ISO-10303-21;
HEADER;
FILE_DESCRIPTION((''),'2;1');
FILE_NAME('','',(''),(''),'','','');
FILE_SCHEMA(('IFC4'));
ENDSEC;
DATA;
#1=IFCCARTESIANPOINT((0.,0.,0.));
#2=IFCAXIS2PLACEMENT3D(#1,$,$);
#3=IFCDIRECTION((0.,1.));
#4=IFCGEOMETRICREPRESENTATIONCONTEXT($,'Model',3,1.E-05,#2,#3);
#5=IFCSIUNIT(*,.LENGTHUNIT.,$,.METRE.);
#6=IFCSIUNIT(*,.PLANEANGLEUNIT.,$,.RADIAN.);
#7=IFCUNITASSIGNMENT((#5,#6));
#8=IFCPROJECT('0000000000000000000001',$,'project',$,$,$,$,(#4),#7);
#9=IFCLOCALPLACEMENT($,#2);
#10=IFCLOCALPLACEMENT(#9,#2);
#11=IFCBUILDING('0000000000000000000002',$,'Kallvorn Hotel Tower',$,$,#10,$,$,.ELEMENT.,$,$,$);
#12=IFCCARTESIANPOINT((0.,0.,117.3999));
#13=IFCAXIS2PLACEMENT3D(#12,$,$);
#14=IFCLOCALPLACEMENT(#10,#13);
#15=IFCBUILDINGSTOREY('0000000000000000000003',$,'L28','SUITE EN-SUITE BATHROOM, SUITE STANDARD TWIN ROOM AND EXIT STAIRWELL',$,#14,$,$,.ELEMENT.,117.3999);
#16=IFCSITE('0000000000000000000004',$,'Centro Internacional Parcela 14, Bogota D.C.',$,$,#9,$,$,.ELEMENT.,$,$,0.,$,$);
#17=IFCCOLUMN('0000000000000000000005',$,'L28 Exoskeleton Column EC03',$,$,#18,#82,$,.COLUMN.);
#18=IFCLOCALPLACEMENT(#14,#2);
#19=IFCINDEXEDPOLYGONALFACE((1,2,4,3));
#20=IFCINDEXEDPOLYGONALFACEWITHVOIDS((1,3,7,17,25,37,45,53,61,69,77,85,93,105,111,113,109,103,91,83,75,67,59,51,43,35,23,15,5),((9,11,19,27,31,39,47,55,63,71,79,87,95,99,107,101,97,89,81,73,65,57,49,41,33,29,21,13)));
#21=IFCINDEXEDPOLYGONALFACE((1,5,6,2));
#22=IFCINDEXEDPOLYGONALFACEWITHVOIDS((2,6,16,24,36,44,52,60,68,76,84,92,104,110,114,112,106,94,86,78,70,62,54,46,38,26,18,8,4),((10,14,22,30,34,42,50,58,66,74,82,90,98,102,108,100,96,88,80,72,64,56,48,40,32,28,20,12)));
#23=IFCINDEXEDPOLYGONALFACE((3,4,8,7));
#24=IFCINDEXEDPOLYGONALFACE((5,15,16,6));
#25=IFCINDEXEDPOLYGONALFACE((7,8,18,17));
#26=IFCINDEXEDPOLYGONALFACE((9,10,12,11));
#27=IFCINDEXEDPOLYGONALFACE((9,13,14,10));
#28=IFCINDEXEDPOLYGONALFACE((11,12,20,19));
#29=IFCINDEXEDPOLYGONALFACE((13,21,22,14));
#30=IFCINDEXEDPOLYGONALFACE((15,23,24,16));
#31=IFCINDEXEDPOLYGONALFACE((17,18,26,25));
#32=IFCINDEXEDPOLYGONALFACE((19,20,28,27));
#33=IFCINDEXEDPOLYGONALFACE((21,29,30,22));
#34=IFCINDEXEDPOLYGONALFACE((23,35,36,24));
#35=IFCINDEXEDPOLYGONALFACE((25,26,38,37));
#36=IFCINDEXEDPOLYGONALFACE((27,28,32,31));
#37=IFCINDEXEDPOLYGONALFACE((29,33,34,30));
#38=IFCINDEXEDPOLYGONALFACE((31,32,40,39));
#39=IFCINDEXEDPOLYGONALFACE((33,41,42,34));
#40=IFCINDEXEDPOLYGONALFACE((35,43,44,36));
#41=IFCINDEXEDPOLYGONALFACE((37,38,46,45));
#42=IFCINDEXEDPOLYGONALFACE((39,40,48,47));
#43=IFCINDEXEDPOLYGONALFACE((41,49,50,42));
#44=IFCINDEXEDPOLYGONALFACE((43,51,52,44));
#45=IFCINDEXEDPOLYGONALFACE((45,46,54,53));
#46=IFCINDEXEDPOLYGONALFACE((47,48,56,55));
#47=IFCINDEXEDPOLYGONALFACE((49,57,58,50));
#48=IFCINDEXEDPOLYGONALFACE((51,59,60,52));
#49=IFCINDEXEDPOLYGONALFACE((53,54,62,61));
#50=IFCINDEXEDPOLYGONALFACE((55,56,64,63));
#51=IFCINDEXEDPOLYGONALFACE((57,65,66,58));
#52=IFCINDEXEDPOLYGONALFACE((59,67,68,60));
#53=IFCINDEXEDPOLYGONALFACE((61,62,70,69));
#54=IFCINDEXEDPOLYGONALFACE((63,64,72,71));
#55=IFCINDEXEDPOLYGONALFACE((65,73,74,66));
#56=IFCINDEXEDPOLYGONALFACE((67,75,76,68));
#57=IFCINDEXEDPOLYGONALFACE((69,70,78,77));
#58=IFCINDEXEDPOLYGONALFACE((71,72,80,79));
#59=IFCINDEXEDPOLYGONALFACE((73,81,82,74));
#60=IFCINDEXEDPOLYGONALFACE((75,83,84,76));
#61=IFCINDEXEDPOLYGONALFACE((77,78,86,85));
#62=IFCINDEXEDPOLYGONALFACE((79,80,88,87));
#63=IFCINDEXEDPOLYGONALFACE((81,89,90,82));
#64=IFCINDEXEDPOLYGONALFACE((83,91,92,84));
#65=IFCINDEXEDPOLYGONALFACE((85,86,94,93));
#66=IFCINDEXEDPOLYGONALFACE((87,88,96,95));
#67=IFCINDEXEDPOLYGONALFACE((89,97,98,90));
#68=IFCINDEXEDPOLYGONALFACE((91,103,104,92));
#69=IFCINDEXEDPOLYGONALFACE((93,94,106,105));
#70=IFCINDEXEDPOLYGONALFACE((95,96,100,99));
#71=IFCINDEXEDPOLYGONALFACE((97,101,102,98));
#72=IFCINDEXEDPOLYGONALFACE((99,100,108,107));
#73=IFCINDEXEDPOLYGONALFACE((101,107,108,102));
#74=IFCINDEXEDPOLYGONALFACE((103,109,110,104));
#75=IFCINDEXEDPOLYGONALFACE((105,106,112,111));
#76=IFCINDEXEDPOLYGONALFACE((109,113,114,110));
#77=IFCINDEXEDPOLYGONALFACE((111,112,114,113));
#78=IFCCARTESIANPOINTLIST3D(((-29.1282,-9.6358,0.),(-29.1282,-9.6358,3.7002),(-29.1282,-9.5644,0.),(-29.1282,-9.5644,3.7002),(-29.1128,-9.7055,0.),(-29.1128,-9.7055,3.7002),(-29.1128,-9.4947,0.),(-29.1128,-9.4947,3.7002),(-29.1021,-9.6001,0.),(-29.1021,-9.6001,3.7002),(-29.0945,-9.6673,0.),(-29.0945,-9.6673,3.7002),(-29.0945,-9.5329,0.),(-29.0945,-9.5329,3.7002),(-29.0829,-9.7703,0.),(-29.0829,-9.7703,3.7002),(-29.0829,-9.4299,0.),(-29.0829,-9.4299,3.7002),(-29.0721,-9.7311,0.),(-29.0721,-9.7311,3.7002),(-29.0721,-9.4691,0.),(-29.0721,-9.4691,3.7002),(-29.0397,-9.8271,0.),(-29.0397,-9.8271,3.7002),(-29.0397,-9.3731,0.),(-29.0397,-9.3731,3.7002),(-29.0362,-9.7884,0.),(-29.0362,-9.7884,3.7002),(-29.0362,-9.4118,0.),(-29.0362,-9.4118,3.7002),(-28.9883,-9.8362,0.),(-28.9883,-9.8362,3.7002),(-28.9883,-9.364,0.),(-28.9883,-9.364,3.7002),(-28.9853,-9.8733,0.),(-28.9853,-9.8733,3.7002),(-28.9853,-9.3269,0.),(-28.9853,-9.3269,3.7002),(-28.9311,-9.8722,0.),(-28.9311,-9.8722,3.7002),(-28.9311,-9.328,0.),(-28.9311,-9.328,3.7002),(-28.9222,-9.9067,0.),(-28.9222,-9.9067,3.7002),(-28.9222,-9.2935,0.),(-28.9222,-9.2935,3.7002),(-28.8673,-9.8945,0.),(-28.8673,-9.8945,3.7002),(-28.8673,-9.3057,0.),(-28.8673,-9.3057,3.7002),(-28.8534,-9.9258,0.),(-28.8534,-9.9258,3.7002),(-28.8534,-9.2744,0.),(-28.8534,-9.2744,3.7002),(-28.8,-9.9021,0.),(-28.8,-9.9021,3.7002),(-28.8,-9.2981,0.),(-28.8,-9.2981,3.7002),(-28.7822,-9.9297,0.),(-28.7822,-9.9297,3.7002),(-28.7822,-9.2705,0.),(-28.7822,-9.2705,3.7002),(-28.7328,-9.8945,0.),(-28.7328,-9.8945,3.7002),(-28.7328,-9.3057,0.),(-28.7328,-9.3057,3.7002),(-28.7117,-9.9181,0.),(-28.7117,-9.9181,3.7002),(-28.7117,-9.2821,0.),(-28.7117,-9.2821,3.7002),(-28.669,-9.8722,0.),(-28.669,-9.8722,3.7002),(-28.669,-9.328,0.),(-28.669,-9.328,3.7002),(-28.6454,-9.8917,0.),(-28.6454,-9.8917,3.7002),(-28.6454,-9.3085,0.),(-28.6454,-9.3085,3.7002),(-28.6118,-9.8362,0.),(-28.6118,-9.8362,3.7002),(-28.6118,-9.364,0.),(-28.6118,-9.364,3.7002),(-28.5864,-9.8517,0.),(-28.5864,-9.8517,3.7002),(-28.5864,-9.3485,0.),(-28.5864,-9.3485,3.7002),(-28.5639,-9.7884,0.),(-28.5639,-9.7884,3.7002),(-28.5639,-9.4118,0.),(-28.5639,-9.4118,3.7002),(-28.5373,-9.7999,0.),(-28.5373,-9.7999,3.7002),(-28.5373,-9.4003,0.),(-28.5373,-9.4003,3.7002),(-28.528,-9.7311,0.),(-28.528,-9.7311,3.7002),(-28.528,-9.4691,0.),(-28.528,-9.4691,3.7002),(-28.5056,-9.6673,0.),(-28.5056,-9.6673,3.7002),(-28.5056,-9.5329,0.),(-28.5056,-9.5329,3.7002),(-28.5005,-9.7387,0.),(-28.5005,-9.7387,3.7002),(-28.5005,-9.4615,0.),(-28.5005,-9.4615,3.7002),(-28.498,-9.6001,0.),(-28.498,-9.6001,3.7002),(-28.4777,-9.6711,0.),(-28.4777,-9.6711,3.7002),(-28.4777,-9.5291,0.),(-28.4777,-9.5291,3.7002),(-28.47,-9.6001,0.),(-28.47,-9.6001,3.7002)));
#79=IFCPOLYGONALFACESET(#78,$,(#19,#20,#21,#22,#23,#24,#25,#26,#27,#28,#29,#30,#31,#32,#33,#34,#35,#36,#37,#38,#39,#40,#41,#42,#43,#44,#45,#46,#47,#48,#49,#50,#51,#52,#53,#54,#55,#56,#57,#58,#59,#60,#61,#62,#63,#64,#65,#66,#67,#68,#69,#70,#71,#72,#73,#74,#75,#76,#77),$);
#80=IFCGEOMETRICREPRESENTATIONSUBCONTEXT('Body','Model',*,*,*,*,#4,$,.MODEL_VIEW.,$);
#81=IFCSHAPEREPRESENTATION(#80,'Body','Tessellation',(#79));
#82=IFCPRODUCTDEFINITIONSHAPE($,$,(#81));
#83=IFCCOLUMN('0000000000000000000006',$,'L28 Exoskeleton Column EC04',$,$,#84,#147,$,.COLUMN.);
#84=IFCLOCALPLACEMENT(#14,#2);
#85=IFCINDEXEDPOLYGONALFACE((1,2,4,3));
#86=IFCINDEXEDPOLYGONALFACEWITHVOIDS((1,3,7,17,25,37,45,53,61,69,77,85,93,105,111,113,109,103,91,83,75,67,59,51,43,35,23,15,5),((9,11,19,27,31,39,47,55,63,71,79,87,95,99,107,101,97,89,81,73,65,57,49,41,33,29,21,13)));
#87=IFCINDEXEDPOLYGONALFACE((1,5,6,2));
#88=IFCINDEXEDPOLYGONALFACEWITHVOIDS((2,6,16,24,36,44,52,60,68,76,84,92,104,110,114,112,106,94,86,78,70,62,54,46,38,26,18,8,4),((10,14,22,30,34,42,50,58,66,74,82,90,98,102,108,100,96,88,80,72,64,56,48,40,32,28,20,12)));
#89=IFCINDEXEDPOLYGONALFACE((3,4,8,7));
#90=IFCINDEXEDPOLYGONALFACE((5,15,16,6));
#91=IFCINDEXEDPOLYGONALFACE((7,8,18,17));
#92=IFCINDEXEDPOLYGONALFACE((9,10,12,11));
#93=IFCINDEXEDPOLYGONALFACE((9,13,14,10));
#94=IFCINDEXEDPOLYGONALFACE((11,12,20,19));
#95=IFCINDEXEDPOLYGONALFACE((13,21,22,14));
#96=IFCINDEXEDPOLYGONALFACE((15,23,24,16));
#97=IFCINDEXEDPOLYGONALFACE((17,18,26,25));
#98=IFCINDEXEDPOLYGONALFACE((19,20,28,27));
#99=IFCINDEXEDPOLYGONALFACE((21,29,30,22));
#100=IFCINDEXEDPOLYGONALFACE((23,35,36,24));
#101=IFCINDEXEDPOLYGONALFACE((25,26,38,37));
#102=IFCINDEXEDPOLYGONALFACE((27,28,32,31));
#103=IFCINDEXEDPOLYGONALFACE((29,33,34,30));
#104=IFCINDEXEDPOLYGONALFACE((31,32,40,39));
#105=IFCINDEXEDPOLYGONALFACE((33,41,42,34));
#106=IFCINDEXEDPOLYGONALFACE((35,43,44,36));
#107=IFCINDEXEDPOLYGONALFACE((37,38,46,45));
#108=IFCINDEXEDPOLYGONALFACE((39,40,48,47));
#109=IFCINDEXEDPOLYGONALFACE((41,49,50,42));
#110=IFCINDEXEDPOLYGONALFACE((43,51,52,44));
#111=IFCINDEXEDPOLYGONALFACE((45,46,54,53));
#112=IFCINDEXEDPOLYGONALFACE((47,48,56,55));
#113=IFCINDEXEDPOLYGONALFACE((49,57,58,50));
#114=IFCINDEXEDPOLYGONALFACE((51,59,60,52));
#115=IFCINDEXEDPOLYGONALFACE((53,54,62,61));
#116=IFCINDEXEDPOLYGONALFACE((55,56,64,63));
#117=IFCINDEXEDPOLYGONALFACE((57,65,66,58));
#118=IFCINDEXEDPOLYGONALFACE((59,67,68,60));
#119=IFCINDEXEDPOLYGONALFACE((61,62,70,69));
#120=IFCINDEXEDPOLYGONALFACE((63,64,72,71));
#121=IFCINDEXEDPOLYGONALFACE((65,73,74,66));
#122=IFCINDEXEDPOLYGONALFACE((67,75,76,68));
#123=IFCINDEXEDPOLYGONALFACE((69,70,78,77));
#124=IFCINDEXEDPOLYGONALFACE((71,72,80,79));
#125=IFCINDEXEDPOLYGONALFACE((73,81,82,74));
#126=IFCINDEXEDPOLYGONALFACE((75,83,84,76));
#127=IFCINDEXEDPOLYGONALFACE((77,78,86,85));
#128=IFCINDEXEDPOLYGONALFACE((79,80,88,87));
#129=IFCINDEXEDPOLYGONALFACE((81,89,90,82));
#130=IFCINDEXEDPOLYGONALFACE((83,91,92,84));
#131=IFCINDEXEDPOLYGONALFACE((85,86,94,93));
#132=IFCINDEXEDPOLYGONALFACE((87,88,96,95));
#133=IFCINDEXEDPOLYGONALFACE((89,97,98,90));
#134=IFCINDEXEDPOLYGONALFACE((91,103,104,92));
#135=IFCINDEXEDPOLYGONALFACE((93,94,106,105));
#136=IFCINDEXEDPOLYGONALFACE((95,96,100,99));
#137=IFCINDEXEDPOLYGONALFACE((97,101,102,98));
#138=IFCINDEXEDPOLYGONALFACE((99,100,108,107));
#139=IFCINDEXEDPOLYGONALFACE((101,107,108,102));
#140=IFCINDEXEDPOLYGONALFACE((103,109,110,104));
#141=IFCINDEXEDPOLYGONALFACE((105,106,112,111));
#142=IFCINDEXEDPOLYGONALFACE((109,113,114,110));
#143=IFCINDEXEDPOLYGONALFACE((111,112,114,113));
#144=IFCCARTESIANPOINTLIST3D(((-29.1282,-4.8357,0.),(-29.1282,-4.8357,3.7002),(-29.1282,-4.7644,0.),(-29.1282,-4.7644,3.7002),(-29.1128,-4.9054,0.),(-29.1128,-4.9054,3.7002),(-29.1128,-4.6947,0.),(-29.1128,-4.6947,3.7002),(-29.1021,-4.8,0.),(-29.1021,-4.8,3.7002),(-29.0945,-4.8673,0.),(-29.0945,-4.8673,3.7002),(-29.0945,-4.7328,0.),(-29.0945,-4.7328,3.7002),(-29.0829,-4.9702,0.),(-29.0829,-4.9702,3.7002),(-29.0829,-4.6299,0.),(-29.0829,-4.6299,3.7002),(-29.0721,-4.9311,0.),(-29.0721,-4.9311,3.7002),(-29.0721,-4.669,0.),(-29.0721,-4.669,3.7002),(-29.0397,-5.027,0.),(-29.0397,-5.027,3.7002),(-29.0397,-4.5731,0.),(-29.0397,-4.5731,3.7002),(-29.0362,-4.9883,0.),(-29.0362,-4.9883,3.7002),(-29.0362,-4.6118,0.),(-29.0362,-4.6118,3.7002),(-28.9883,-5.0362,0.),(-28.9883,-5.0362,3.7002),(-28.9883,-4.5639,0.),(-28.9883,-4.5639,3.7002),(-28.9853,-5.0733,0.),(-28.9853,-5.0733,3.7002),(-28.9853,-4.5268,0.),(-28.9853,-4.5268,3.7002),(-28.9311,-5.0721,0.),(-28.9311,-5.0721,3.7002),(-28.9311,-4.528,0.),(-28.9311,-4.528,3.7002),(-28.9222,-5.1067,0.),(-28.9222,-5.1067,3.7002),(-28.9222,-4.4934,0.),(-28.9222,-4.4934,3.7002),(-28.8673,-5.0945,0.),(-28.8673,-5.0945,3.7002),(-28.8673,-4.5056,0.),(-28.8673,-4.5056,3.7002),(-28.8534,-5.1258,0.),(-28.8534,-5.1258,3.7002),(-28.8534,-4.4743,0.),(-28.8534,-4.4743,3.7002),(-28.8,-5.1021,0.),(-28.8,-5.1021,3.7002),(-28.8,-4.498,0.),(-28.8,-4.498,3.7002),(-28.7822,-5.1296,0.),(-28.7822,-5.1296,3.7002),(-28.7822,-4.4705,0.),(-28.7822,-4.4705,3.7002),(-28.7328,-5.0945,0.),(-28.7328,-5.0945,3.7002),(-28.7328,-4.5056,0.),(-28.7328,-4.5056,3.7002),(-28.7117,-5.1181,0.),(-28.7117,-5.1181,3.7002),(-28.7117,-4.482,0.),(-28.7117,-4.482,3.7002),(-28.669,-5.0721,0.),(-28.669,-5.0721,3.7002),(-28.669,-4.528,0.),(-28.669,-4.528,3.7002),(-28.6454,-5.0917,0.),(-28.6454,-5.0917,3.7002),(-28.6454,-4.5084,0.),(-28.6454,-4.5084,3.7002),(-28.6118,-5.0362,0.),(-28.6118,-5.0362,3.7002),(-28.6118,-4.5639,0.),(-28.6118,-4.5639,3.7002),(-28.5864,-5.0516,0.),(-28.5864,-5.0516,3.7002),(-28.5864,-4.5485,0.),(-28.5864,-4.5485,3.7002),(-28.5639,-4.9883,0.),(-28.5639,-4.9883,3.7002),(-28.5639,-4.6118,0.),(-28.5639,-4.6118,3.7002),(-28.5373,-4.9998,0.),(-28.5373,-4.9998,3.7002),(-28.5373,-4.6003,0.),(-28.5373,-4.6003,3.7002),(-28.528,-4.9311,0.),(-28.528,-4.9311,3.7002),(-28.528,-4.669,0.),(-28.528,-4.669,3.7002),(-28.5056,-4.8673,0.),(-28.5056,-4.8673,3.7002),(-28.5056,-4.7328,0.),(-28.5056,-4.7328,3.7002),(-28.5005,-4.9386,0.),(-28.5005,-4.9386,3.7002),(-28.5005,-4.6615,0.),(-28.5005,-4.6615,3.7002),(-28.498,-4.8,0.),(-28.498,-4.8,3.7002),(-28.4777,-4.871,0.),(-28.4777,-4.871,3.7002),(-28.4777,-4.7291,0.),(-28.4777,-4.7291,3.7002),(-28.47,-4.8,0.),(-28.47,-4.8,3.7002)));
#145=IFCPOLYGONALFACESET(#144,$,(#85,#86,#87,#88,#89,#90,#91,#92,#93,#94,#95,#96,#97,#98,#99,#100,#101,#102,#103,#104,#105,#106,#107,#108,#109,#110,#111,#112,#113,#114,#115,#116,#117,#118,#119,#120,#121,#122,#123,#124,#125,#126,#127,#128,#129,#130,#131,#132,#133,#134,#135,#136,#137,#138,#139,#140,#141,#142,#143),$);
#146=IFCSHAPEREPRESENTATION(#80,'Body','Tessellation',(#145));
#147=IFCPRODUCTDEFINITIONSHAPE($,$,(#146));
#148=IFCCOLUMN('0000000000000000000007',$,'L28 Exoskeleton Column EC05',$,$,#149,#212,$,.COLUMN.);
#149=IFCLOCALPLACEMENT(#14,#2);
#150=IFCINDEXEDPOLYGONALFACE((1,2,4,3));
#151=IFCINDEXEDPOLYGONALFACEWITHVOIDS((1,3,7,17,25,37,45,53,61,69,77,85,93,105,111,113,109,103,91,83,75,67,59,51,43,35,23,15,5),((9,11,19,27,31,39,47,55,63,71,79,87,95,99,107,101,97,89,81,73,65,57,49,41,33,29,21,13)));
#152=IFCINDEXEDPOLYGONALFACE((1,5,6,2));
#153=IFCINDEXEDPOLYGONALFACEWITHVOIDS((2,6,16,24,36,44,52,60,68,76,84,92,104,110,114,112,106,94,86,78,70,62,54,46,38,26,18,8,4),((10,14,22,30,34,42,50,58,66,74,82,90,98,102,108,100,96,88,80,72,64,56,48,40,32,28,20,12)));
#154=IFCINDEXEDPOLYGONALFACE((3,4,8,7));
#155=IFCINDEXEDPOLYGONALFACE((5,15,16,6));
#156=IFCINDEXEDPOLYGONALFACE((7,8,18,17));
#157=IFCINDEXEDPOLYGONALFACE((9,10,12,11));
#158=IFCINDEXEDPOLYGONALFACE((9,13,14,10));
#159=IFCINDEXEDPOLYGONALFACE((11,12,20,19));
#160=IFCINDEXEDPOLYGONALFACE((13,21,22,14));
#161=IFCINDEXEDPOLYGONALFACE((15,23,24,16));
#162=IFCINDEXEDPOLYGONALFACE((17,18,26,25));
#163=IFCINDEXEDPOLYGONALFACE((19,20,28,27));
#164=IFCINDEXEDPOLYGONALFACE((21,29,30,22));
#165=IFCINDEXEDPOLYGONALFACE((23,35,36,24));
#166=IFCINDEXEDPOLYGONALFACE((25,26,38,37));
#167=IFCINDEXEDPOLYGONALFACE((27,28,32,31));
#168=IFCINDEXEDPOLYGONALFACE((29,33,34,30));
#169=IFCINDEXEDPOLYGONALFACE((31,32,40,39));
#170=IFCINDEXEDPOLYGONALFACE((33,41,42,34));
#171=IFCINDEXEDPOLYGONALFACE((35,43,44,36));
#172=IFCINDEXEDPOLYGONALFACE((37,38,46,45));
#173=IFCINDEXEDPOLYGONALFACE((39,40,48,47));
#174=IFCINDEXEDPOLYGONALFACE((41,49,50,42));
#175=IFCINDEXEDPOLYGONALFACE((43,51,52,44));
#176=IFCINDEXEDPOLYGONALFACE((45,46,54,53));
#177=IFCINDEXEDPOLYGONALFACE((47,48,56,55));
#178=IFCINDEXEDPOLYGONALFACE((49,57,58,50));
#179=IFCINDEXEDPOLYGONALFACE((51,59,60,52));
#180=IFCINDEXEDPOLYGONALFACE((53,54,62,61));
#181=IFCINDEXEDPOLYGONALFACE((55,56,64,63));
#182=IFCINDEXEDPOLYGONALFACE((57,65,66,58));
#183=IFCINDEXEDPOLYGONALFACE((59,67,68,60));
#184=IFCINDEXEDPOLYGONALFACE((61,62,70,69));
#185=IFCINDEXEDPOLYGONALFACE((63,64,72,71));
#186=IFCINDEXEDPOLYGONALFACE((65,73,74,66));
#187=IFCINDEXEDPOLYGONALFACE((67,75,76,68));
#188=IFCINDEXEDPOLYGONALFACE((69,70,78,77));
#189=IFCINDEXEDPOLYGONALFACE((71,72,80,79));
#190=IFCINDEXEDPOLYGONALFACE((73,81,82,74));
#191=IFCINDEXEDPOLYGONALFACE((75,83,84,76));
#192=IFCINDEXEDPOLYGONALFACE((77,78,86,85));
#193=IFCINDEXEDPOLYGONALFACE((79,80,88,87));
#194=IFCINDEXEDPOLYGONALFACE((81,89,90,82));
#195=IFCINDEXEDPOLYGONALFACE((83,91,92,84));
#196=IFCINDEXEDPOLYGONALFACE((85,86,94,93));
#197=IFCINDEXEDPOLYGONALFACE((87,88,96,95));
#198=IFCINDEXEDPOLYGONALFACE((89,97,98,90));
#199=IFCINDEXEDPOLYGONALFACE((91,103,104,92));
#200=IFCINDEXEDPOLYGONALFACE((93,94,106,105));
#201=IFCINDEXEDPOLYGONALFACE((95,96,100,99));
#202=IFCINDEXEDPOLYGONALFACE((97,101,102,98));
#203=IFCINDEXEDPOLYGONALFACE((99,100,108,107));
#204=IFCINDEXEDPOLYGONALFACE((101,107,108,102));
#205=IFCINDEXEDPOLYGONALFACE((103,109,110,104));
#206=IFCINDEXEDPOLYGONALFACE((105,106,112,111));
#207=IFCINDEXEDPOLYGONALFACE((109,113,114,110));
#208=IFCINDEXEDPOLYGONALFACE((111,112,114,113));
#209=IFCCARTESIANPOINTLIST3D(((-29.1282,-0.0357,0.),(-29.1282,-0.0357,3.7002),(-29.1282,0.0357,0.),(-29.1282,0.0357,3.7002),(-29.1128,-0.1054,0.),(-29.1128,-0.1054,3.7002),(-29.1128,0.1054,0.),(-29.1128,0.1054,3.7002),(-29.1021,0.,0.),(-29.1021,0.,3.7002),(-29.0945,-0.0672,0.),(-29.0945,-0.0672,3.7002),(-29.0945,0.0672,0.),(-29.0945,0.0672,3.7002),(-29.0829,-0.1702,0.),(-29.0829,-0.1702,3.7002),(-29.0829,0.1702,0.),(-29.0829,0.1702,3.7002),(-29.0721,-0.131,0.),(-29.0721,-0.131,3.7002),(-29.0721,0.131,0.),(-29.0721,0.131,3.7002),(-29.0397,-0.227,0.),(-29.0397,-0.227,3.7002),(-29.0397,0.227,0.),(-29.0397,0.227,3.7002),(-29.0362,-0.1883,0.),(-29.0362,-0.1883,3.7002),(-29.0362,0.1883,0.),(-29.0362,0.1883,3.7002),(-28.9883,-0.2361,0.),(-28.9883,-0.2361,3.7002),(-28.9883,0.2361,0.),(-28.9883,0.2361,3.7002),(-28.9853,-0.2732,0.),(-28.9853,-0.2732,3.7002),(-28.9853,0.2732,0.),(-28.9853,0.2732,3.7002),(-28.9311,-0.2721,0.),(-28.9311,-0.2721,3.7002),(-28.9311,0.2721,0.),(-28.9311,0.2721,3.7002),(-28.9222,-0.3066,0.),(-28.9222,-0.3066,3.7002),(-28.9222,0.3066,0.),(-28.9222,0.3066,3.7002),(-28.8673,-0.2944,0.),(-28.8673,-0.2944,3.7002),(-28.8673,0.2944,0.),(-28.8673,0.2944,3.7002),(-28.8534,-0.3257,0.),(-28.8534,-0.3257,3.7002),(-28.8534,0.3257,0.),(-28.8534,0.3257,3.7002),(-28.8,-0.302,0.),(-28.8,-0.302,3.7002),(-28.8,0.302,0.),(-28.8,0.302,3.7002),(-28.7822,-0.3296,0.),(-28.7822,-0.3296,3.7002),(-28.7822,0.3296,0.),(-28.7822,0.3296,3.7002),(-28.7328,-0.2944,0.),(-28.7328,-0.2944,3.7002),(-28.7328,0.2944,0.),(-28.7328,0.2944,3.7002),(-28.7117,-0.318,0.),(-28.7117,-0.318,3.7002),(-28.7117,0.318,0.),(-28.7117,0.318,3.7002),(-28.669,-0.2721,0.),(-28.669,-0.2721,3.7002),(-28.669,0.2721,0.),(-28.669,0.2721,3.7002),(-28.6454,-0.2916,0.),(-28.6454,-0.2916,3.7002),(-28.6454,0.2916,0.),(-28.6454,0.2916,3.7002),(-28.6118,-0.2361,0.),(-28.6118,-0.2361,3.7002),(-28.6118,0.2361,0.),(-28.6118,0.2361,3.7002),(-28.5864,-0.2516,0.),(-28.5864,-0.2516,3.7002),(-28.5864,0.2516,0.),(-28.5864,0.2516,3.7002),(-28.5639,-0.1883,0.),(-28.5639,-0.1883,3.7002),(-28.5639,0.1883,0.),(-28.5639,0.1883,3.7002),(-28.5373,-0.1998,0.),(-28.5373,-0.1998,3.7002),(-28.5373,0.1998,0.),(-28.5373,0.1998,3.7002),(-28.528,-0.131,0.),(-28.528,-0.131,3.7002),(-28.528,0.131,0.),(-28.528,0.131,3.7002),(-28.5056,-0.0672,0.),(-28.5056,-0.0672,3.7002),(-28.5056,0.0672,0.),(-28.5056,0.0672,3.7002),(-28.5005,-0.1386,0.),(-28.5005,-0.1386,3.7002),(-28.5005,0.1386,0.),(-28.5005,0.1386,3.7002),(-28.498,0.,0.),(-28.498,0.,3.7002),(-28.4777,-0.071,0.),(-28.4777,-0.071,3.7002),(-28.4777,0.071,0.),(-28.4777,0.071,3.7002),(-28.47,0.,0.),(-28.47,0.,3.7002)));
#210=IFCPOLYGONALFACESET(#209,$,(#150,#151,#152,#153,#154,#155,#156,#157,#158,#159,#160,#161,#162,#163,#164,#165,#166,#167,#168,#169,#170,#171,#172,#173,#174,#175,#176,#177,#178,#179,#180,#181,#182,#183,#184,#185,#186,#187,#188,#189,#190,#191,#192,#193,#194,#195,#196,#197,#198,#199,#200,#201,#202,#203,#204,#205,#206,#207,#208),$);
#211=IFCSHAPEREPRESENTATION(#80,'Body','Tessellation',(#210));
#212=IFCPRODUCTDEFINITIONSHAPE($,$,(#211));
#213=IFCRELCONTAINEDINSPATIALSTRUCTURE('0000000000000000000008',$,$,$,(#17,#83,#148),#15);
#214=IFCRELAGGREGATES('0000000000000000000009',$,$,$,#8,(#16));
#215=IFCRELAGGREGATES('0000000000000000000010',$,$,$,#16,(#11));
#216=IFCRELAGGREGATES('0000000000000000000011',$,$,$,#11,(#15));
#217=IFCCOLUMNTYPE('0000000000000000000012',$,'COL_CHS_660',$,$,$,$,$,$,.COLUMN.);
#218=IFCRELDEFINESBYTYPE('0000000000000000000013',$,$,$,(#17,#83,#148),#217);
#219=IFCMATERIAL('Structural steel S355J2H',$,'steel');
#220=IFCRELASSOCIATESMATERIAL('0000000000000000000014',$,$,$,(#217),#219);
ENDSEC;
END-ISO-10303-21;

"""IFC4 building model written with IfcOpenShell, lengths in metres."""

from ifc_helpers import new_model, si_unit, direction, frame, origin, origin_2d, place, context, subcontext, project, spatial, hollow_circle, extrude, material, material_profile, profile_set, type_object, element, save


model = new_model("IFC4")

# Units and contexts
model_context = context("Model", 3, precision=1e-05, world=origin(), true_north=direction((0.0, 1.0)))
body_context = subcontext(model_context, "Body", "Model", "MODEL_VIEW")
ifc_project = project(units=[si_unit("LENGTHUNIT", "METRE"), si_unit("PLANEANGLEUNIT", "RADIAN")], contexts=[model_context])

# Site, building, storey
site_placement = place(None, origin())
site = spatial("IfcSite", under=ifc_project, at=site_placement, Name="Centro Internacional Parcela 14, Bogota D.C.", CompositionType="ELEMENT", RefElevation=0.0)
building_placement = place(site_placement, origin())
building = spatial("IfcBuilding", under=site, at=building_placement, Name="Kallvorn Hotel Tower", CompositionType="ELEMENT")
storey_placement = place(building_placement, frame((0.0, 0.0, 117.3999)))
storey = spatial("IfcBuildingStorey", under=building, at=storey_placement, Name="L28", Description="SUITE EN-SUITE BATHROOM, SUITE STANDARD TWIN ROOM AND EXIT STAIRWELL", CompositionType="ELEMENT", Elevation=117.3999)

# Columns
ifc_material_1 = material(Name="Structural steel S355J2H", Category="steel")
ifc_material_profile_1 = material_profile(ifc_material_1, hollow_circle(Radius=0.3301, WallThickness=0.0281, at=origin_2d()), Name="CHS 660x28")
ifc_profile_set_1 = profile_set([ifc_material_profile_1], Name="Structural steel S355J2H")
column_type = type_object("IfcColumnType", Name="COL_CHS_660", PredefinedType="COLUMN", material=ifc_profile_set_1)
for number, where, z_axis, x_axis, name in (
    (1, (-28.8, -9.6001, 0.0), (0.0, 0.0, 1.0), (1.0, 0.0, 0.0), "L28 Exoskeleton Column EC03"),
    (2, (-28.8, -4.8, 0.0), (0.0, 0.0, 1.0), (1.0, 0.0, 0.0), "L28 Exoskeleton Column EC04"),
    (3, (-28.8, 0.0, 0.0), (0.0, 0.0, 1.0), (1.0, 0.0, 0.0), "L28 Exoskeleton Column EC05"),
):
    element("IfcColumn", number, at=place(storey_placement, frame(where, z_axis=z_axis, x_axis=x_axis)), inside=storey, type_object=column_type, Name=name, PredefinedType="COLUMN", context=body_context, shape_type="SweptSolid", body=[
        extrude(hollow_circle(Radius=0.3301, WallThickness=0.0281, at=origin_2d()), origin(), (0.0, 0.0, 1.0), 3.7002),
    ])

save(model, "model.ifc")
